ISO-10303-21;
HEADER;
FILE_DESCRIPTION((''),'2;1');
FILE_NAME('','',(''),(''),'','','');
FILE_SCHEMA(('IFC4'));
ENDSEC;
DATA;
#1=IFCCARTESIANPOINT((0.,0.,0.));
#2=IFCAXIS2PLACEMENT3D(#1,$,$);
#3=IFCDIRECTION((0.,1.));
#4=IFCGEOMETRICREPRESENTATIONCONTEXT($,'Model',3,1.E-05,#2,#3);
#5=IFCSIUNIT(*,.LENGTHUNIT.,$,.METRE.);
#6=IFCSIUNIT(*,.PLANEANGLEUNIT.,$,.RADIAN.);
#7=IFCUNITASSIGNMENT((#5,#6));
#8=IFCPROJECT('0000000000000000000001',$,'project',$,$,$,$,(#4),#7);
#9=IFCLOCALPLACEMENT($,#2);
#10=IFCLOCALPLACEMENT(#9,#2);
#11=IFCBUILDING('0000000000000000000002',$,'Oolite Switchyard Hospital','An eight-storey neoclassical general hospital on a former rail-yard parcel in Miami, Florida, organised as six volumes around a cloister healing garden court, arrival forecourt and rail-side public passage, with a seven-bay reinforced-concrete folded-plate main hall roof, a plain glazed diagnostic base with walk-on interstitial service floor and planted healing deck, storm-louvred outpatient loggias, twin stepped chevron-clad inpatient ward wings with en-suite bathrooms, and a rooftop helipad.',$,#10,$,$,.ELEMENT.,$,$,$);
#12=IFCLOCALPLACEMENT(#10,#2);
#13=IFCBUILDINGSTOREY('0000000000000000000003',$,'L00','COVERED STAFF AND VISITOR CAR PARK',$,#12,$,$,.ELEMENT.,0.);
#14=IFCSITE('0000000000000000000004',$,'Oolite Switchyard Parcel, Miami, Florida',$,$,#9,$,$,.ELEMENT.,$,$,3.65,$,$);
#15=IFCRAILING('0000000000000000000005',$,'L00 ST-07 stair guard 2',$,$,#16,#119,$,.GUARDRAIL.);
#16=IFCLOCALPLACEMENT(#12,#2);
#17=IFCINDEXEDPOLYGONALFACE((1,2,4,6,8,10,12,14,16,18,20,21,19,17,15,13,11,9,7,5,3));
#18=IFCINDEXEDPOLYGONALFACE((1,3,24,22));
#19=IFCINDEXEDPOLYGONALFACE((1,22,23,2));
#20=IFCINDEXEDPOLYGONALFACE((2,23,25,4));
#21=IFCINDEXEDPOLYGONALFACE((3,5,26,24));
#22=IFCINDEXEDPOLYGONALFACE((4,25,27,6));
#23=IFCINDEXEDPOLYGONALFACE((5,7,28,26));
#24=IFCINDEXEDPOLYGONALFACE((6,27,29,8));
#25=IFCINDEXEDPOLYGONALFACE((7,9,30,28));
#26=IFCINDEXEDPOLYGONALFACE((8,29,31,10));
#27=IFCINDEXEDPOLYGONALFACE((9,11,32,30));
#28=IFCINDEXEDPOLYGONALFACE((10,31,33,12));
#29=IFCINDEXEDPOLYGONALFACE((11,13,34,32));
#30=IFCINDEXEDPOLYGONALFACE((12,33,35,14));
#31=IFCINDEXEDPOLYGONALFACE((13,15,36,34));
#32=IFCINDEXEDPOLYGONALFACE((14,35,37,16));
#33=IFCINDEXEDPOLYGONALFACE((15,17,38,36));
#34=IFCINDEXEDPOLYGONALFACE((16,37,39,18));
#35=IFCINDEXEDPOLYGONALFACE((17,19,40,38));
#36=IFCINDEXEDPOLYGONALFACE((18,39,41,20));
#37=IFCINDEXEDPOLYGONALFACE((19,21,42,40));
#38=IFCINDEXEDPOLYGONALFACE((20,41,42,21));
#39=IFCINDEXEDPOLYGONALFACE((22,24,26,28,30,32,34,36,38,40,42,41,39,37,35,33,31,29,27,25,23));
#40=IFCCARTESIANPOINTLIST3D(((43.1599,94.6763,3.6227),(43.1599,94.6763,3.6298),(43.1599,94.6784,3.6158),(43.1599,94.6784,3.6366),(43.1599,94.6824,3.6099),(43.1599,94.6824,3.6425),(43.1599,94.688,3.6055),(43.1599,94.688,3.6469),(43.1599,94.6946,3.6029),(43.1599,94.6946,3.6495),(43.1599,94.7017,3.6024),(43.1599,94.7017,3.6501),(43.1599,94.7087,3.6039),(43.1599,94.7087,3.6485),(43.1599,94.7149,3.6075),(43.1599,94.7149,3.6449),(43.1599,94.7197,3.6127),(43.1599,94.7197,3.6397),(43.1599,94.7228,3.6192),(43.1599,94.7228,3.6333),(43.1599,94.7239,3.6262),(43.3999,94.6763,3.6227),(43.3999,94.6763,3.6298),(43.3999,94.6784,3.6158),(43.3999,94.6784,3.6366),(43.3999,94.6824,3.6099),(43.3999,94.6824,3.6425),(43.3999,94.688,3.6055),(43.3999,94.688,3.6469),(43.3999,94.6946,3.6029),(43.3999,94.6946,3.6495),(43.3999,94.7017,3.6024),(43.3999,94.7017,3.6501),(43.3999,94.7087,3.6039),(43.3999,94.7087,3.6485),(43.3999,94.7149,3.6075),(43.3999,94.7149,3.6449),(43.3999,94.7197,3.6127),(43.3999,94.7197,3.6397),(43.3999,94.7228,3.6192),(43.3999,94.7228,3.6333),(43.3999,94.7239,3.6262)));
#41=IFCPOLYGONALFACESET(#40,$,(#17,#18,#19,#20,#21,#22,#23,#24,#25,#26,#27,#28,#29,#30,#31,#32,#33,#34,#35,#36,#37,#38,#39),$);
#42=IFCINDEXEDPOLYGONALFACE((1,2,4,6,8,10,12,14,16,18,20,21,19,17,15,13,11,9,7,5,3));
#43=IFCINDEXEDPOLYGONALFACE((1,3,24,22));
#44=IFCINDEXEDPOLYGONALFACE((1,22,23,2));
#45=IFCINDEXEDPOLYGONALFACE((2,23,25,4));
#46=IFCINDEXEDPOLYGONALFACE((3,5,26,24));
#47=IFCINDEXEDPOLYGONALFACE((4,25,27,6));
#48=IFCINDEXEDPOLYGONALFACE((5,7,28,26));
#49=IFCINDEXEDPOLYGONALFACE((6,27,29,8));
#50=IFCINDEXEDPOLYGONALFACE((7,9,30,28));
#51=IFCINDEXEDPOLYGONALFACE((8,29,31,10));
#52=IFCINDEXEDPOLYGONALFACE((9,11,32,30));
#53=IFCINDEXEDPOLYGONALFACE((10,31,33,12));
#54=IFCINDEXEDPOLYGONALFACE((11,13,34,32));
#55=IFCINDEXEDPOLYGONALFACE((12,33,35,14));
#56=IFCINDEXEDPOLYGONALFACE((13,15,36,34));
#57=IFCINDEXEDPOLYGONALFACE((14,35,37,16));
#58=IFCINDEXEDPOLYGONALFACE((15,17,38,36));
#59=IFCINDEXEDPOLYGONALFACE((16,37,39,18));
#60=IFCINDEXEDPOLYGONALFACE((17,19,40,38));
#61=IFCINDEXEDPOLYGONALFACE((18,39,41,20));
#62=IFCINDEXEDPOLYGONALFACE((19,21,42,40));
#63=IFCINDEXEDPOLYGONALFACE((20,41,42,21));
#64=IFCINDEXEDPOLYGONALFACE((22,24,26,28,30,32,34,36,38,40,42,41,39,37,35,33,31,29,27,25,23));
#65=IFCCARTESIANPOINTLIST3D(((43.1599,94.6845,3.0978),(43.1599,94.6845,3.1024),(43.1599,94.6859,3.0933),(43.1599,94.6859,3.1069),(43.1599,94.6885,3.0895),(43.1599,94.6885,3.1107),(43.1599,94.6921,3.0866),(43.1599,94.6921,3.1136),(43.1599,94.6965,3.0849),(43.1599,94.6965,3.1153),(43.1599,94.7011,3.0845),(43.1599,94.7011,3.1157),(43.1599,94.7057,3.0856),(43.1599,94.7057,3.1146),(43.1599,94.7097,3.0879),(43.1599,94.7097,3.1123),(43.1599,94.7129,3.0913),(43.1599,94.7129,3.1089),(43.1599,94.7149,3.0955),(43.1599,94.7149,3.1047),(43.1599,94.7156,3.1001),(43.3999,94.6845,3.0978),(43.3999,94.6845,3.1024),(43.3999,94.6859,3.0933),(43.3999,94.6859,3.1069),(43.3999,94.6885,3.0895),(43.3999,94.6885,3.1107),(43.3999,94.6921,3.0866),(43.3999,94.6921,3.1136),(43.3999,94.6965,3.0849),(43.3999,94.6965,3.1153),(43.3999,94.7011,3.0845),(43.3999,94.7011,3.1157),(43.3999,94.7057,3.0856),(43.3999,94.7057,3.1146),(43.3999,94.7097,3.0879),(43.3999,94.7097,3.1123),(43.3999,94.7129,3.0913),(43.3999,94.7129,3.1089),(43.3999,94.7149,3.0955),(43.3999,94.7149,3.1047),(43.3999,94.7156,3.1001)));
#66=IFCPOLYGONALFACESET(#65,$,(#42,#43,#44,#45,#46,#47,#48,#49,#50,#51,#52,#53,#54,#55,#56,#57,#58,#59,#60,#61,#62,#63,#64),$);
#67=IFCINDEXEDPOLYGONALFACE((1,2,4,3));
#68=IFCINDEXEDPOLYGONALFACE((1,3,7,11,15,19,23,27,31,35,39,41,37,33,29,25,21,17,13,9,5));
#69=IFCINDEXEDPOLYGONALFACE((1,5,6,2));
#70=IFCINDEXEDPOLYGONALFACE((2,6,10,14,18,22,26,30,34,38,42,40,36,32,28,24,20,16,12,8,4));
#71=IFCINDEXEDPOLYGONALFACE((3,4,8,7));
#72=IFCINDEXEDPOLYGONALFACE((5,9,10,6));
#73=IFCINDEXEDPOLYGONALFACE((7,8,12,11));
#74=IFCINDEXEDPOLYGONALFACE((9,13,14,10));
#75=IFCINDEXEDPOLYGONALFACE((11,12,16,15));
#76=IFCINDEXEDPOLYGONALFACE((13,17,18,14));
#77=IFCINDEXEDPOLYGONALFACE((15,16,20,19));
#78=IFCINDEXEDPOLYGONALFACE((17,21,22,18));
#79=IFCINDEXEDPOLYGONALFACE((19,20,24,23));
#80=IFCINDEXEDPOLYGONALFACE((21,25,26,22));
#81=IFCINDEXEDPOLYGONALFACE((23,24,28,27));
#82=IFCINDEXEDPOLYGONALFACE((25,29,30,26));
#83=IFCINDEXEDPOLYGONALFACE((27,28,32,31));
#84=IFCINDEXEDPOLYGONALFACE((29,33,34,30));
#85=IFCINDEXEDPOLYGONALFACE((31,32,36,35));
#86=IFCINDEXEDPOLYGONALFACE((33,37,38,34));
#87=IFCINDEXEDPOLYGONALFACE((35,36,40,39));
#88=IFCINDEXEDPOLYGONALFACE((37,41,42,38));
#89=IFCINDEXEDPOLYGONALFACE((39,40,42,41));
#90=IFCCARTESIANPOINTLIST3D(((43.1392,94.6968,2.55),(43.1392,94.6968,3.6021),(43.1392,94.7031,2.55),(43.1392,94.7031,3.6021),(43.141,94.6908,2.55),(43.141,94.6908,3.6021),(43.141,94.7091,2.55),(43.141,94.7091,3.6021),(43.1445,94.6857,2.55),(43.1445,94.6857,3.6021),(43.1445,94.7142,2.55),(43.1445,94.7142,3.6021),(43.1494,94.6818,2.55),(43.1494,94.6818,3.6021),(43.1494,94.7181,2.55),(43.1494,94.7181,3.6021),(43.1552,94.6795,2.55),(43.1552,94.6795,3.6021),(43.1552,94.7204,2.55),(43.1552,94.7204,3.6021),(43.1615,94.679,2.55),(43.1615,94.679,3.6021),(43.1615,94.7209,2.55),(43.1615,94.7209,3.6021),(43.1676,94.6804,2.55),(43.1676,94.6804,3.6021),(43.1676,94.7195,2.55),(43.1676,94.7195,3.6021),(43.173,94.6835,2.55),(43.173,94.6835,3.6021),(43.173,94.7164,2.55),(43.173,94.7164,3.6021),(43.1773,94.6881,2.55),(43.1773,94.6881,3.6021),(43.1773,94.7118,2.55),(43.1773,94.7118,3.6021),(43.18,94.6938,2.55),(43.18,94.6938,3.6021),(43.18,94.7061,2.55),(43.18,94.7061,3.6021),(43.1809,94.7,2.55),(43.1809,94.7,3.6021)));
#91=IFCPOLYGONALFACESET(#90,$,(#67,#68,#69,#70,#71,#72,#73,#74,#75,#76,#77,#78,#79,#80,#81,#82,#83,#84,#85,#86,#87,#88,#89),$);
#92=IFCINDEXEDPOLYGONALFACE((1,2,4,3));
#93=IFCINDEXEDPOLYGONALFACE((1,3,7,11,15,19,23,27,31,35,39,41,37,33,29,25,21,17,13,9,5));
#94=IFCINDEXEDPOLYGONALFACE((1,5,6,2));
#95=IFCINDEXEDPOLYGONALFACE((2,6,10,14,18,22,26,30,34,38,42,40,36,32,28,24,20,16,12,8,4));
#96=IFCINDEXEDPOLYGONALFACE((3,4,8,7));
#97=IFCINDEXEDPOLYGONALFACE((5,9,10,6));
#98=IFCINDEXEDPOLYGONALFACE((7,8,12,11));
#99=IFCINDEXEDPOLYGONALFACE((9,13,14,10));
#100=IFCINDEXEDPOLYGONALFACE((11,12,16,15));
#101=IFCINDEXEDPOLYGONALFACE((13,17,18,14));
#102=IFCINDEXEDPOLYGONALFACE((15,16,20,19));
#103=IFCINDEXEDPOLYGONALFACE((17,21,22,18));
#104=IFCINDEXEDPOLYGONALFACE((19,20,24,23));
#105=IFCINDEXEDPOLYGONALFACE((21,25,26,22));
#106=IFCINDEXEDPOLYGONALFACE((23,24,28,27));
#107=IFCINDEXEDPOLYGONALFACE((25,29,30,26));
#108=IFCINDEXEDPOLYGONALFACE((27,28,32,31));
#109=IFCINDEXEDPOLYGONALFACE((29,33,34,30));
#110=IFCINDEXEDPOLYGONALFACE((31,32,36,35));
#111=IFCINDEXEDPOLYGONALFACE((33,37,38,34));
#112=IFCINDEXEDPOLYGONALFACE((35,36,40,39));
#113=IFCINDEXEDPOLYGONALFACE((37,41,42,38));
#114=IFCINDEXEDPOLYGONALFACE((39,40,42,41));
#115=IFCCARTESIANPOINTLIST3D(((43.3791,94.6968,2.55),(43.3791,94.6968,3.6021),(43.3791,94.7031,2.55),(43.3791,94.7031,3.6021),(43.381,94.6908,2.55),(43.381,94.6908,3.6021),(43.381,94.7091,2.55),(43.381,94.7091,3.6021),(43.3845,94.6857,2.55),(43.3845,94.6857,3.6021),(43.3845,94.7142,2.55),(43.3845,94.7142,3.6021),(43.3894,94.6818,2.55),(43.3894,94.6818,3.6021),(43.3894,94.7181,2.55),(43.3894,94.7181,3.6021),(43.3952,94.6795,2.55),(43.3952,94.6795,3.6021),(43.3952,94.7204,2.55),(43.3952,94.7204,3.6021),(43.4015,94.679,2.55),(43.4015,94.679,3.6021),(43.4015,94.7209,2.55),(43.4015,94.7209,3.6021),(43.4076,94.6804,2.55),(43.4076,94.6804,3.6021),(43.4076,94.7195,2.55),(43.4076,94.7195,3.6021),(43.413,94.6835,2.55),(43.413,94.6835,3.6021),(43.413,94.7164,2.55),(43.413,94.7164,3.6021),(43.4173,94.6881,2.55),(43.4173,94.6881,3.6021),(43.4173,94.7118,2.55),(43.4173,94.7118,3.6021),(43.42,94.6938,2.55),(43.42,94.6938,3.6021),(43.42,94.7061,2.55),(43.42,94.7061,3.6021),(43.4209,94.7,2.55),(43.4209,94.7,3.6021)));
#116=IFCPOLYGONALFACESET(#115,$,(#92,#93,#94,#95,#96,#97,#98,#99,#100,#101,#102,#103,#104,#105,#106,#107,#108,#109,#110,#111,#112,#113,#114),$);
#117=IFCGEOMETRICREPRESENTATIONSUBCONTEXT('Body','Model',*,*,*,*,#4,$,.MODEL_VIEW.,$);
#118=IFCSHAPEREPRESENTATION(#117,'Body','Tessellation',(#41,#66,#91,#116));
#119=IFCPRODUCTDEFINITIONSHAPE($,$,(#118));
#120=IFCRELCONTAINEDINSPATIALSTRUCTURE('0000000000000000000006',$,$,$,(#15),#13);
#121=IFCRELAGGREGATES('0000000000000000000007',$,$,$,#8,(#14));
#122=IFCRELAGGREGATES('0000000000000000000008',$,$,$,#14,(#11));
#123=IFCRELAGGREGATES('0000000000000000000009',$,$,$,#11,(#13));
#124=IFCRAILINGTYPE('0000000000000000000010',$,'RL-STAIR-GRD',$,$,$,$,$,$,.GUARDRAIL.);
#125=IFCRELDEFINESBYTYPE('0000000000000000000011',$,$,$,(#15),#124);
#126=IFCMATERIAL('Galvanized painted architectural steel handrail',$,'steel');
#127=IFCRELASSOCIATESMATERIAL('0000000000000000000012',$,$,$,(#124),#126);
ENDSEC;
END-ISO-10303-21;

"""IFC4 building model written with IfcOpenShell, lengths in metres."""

from ifc_helpers import new_model, si_unit, direction, frame, origin, origin_2d, place, context, subcontext, project, spatial, circle, extrude, material, type_object, element, save


model = new_model("IFC4")

# Units and contexts
model_context = context("Model", 3, precision=1e-05, world=origin(), true_north=direction((0.0, 1.0)))
body_context = subcontext(model_context, "Body", "Model", "MODEL_VIEW")
ifc_project = project(units=[si_unit("LENGTHUNIT", "METRE"), si_unit("PLANEANGLEUNIT", "RADIAN")], contexts=[model_context])

# Site, building, storey
site_placement = place(None, origin())
site = spatial("IfcSite", under=ifc_project, at=site_placement, Name="Oolite Switchyard Parcel, Miami, Florida", CompositionType="ELEMENT", RefElevation=3.65)
building_placement = place(site_placement, origin())
building = spatial("IfcBuilding", under=site, at=building_placement, Name="Oolite Switchyard Hospital", Description="An eight-storey neoclassical general hospital on a former rail-yard parcel in Miami, Florida, organised as six volumes around a cloister healing garden court, arrival forecourt and rail-side public passage, with a seven-bay reinforced-concrete folded-plate main hall roof, a plain glazed diagnostic base with walk-on interstitial service floor and planted healing deck, storm-louvred outpatient loggias, twin stepped chevron-clad inpatient ward wings with en-suite bathrooms, and a rooftop helipad.", CompositionType="ELEMENT")
storey_placement = place(building_placement, origin())
storey = spatial("IfcBuildingStorey", under=building, at=storey_placement, Name="L00", Description="COVERED STAFF AND VISITOR CAR PARK", CompositionType="ELEMENT", Elevation=0.0)

# Railing
ifc_material_1 = material(Name="Galvanized painted architectural steel handrail", Category="steel")
railing_type_1 = type_object("IfcRailingType", Name="RL-STAIR-GRD", PredefinedType="GUARDRAIL", material=ifc_material_1)
railing_1_placement = place(storey_placement, frame((43.1599, 94.7, 2.55)))
element("IfcRailing", 1, at=railing_1_placement, inside=storey, type_object=railing_type_1, Name="L00 ST-07 stair guard 2", PredefinedType="GUARDRAIL", context=body_context, shape_type="SweptSolid", body=[
    extrude(circle(Radius=0.0239, at=origin_2d()), frame((0.0, 0.0, 1.0762), z_axis=(1.0, 0.0, 0.0), x_axis=(0.0, 1.0, 0.0)), (0.0, 0.0, 1.0), 0.24),
    extrude(circle(Radius=0.0156, at=origin_2d()), frame((0.0, 0.0, 0.55), z_axis=(1.0, 0.0, 0.0), x_axis=(0.0, 1.0, 0.0)), (0.0, 0.0, 1.0), 0.24),
    extrude(circle(Radius=0.021, at=origin_2d()), origin(), (0.0, 0.0, 1.0), 1.052),
    extrude(circle(Radius=0.021, at=origin_2d()), frame((0.24, 0.0, 0.0)), (0.0, 0.0, 1.0), 1.052),
])

save(model, "model.ifc")
